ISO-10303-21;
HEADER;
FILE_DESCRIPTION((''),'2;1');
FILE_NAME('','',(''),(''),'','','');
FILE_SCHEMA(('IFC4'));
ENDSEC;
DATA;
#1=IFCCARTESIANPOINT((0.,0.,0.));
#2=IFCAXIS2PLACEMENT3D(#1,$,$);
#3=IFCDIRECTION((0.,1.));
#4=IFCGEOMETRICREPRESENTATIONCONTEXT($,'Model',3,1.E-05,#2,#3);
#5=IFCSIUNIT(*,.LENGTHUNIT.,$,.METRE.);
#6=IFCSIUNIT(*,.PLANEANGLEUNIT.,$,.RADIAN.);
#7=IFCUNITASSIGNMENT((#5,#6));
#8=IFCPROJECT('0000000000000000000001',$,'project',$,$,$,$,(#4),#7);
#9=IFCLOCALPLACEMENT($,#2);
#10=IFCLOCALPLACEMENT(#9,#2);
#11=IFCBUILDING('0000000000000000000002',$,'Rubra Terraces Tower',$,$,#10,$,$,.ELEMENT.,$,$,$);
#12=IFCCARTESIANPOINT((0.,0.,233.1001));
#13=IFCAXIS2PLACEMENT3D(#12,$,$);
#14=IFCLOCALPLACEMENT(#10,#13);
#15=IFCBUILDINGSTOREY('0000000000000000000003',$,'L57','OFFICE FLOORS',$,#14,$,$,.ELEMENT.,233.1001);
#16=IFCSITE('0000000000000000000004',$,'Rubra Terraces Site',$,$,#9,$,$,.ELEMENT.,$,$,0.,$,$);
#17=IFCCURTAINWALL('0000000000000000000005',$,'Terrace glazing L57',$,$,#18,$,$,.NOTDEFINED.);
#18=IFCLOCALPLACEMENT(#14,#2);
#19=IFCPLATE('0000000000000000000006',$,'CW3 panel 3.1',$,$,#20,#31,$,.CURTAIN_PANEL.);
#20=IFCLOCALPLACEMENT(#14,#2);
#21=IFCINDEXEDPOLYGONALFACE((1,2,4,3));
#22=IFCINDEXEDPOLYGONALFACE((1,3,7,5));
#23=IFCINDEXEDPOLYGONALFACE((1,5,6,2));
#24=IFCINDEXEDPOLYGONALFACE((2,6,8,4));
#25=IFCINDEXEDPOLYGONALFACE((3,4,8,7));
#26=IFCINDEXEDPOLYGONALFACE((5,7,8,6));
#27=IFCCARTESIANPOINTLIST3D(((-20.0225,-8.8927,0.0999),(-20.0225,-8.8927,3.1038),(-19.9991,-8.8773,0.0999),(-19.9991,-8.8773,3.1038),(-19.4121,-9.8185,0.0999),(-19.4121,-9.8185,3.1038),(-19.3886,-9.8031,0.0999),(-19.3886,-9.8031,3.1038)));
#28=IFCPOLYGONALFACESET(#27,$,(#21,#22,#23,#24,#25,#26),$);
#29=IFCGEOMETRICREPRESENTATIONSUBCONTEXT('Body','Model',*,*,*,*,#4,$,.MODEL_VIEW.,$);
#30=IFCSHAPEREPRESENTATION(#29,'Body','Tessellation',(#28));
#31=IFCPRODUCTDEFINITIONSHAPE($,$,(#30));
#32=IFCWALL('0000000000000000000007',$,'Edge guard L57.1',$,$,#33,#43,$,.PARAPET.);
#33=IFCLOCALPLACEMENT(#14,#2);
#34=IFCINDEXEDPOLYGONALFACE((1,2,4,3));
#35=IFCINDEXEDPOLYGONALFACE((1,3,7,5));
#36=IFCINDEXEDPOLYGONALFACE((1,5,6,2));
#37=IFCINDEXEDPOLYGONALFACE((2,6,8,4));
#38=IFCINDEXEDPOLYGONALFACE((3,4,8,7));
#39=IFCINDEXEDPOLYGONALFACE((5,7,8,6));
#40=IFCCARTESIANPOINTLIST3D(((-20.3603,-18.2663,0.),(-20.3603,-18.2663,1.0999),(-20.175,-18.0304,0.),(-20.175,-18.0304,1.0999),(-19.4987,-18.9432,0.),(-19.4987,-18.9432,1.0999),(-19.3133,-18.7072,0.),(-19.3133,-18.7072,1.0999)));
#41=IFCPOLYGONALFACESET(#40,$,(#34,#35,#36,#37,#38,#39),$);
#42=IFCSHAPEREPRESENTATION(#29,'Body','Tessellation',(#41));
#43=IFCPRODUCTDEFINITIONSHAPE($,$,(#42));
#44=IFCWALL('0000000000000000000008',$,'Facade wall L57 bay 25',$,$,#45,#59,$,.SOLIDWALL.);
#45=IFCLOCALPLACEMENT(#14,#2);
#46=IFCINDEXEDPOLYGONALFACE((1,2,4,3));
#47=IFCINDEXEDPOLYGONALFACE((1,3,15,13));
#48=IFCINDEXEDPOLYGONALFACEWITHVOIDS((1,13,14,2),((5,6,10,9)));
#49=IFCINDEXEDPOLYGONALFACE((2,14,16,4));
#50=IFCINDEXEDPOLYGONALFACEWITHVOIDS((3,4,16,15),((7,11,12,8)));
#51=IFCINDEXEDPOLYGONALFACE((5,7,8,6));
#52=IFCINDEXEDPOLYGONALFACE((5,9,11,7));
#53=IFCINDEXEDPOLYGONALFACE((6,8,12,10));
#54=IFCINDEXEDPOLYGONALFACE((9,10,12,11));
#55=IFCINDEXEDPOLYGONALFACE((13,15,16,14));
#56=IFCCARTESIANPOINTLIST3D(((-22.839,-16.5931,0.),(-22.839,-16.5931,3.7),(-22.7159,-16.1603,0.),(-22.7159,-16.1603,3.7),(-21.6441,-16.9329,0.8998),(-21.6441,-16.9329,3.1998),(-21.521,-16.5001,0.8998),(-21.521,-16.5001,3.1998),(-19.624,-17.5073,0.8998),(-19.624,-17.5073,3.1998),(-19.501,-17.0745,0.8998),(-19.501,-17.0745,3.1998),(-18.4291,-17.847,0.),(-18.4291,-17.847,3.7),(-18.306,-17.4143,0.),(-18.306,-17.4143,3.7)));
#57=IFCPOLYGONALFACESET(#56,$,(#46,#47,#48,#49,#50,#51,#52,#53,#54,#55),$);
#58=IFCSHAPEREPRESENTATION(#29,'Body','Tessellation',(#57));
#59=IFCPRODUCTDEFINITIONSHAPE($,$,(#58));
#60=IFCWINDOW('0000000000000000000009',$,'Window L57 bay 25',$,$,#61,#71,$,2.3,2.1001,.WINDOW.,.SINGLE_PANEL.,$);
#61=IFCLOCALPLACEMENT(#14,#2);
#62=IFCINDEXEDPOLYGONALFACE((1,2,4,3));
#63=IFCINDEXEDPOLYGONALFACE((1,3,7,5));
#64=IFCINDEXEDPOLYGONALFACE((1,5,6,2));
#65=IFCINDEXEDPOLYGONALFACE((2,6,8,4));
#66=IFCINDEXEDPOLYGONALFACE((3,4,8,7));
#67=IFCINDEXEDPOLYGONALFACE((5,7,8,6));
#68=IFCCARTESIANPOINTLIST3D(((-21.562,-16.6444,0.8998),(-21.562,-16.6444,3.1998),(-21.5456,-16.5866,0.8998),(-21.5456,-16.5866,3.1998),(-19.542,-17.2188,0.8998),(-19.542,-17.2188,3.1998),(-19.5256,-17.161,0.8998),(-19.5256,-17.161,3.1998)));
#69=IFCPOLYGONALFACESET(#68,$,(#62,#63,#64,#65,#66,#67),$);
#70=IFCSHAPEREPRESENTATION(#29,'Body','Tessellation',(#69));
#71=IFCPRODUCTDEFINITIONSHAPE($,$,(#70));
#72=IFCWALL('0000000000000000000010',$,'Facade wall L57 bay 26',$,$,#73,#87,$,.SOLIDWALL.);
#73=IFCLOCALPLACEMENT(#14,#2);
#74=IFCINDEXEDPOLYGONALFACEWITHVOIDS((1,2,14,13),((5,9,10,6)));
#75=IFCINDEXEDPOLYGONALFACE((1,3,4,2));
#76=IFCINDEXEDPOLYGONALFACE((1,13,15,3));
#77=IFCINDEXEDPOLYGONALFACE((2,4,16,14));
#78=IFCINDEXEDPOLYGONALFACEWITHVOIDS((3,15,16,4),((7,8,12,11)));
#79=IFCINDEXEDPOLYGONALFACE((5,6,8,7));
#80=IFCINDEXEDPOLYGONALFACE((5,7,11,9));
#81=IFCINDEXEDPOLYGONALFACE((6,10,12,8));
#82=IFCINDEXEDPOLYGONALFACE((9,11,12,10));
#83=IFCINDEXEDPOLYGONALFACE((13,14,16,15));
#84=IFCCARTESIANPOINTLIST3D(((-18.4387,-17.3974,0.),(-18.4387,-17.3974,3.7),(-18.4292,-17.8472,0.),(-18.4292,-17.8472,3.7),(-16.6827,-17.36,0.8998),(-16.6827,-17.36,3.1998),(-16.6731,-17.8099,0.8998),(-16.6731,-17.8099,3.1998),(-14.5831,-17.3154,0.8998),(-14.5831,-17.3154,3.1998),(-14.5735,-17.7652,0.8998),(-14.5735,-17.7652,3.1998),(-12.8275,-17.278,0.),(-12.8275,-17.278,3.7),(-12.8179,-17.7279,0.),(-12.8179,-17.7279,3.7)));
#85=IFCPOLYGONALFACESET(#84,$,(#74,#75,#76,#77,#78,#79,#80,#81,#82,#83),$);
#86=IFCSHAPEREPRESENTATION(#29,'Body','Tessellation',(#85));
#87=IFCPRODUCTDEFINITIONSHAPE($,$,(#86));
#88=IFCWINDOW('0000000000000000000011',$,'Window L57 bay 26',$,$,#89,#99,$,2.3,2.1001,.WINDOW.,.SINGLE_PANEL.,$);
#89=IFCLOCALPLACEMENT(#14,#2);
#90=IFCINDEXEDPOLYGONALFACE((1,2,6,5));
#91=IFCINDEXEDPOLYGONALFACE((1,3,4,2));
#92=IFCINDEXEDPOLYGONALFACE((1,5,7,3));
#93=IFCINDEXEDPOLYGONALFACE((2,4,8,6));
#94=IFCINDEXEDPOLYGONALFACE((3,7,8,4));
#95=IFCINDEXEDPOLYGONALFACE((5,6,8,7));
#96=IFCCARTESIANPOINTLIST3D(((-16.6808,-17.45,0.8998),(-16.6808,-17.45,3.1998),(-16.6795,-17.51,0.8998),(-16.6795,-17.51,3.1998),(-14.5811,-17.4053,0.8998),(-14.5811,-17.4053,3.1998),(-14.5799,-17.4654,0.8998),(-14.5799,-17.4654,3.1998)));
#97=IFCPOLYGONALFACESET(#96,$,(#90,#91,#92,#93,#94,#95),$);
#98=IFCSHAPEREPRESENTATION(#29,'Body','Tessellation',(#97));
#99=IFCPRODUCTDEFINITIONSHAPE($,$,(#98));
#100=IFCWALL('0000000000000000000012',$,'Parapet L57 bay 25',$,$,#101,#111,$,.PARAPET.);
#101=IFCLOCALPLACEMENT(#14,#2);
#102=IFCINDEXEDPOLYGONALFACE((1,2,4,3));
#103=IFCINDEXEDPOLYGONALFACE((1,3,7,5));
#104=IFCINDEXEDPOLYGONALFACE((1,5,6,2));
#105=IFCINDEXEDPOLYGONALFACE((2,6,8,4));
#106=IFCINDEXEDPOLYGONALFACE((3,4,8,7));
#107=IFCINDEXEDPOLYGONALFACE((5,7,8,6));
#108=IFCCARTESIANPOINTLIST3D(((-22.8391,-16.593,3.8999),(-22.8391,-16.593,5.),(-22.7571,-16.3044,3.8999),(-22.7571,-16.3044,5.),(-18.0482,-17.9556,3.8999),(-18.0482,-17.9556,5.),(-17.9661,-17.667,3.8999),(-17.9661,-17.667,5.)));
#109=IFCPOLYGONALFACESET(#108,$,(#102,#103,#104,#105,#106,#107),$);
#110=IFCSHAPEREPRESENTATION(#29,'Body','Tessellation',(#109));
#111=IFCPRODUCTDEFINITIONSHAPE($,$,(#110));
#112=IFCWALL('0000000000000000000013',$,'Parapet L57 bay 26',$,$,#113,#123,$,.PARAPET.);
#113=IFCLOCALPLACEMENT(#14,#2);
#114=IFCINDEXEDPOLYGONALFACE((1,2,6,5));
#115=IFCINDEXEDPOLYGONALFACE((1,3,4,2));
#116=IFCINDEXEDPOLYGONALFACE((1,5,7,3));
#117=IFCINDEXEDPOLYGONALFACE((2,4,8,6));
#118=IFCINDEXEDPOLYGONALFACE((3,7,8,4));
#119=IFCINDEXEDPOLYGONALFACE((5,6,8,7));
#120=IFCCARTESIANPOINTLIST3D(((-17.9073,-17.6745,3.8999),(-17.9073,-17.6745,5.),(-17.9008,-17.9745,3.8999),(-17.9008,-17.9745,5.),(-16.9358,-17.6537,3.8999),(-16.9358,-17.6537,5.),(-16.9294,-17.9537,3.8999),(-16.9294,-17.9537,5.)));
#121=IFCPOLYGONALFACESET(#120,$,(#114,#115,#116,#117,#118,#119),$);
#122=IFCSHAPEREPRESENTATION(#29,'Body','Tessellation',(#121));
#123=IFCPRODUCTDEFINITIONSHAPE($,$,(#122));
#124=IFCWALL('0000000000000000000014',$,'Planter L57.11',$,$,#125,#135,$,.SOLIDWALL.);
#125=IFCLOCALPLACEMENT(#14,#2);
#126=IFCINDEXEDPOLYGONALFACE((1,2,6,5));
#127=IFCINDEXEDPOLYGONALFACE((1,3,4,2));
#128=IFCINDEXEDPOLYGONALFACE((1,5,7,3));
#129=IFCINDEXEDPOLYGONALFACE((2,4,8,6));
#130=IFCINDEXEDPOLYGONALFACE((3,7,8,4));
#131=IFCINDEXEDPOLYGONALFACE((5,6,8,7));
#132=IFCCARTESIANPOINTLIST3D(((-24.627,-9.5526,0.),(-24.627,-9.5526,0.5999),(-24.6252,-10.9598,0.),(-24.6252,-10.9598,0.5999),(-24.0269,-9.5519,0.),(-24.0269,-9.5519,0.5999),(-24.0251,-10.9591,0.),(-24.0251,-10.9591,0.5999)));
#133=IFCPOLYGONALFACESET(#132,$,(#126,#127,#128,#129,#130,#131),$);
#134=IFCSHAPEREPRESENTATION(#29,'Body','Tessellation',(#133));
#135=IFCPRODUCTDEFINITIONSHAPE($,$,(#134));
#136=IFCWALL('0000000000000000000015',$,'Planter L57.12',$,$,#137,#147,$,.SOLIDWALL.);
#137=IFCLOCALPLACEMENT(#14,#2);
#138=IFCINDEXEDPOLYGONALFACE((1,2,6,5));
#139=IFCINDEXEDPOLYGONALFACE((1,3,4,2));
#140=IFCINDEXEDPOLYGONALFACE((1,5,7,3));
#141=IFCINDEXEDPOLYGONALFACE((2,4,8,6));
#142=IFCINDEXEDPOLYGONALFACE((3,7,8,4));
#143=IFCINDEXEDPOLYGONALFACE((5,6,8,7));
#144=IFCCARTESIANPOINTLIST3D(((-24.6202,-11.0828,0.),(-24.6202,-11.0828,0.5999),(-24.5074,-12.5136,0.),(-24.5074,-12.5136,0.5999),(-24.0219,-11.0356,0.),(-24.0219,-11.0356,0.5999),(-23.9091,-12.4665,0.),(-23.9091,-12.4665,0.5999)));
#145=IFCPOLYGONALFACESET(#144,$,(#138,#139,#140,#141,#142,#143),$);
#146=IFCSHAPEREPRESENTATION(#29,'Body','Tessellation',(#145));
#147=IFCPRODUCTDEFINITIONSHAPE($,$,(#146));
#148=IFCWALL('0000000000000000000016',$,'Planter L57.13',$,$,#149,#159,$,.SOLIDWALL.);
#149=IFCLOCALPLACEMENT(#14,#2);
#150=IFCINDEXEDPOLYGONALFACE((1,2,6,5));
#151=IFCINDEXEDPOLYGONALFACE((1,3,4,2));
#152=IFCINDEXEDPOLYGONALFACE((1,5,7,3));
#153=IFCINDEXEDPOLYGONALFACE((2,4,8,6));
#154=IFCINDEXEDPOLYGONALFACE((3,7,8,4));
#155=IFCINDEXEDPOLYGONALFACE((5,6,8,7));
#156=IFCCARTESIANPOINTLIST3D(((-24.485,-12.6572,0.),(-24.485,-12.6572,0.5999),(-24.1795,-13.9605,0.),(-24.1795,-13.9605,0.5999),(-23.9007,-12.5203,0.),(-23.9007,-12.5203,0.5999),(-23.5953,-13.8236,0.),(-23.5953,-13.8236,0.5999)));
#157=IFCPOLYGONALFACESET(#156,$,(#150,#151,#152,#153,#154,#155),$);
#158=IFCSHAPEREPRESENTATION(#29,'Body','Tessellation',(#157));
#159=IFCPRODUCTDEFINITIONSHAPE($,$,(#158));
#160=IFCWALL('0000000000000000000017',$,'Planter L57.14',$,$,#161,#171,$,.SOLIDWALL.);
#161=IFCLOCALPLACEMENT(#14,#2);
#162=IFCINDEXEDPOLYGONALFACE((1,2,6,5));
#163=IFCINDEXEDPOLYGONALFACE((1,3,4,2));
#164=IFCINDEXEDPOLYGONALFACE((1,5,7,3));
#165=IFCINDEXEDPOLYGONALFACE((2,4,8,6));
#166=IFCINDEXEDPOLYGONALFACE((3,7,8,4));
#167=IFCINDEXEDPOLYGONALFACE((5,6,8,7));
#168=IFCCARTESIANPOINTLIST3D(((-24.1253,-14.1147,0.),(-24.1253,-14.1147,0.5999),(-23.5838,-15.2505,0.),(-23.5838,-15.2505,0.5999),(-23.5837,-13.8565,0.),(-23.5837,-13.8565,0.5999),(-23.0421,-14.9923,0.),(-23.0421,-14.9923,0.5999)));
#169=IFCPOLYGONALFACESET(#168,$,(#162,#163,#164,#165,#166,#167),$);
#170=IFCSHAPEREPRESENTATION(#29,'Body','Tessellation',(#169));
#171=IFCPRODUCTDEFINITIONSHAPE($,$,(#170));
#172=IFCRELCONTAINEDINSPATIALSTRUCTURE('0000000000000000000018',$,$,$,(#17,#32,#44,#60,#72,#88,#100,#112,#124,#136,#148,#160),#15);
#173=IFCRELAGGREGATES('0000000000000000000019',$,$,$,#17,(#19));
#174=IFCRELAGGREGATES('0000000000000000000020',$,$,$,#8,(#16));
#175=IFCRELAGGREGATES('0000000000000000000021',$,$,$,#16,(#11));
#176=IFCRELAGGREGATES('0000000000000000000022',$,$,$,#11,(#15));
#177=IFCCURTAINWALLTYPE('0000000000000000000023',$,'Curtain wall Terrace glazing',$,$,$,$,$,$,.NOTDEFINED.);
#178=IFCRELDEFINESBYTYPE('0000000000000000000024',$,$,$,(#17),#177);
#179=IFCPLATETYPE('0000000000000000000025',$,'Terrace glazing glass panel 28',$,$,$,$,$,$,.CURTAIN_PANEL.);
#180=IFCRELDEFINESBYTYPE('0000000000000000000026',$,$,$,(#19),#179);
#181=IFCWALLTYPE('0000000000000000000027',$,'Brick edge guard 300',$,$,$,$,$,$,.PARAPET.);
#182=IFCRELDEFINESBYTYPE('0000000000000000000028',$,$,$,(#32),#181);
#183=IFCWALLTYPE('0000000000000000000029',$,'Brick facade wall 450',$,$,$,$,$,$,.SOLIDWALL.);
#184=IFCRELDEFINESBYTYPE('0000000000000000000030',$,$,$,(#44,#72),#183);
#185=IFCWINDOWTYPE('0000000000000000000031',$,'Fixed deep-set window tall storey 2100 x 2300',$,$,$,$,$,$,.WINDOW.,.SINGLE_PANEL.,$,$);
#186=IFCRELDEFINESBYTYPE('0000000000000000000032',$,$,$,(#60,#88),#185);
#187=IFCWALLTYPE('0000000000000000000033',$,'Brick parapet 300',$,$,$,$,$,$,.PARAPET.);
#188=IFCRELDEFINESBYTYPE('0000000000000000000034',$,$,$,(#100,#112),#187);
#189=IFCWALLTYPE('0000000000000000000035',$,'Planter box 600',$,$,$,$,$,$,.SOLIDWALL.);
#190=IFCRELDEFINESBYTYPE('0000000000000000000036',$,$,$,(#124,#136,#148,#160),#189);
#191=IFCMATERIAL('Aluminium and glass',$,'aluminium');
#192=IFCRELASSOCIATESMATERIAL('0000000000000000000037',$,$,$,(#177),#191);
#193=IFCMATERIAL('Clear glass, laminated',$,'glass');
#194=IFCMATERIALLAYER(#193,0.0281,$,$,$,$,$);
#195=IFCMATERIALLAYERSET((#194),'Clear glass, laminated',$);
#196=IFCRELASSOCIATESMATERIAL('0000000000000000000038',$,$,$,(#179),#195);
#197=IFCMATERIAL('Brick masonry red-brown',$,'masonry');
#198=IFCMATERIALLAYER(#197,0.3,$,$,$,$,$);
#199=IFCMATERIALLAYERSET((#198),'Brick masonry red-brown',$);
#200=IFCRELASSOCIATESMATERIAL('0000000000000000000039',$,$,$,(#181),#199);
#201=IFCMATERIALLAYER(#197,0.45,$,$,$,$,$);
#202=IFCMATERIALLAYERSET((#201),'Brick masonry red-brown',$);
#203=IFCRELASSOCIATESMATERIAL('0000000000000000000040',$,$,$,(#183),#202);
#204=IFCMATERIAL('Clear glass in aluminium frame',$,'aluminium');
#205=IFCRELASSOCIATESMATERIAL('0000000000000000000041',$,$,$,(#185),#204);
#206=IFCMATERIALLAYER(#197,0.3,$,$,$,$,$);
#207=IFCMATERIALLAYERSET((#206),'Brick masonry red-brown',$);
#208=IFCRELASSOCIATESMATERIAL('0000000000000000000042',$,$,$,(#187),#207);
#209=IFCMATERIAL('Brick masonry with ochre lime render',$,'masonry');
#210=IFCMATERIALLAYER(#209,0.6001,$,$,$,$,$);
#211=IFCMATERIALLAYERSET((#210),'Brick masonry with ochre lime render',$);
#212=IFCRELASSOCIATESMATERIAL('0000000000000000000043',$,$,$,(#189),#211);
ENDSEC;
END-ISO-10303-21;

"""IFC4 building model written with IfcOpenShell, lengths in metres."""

from ifc_helpers import new_model, si_unit, direction, frame, frame_2d, origin, origin_2d, place, context, subcontext, project, spatial, rectangle, extrude, material, layer, layer_set, type_object, element, fill, aggregate, save


model = new_model("IFC4")

# Units and contexts
model_context = context("Model", 3, precision=1e-05, world=origin(), true_north=direction((0.0, 1.0)))
body_context = subcontext(model_context, "Body", "Model", "MODEL_VIEW")
ifc_project = project(units=[si_unit("LENGTHUNIT", "METRE"), si_unit("PLANEANGLEUNIT", "RADIAN")], contexts=[model_context])

# Site, building, storey
site_placement = place(None, origin())
site = spatial("IfcSite", under=ifc_project, at=site_placement, Name="Rubra Terraces Site", CompositionType="ELEMENT", RefElevation=0.0)
building_placement = place(site_placement, origin())
building = spatial("IfcBuilding", under=site, at=building_placement, Name="Rubra Terraces Tower", CompositionType="ELEMENT")
storey_placement = place(building_placement, frame((0.0, 0.0, 233.1001)))
storey = spatial("IfcBuildingStorey", under=building, at=storey_placement, Name="L57", Description="OFFICE FLOORS", CompositionType="ELEMENT", Elevation=233.1001)

# Curtain wall, plate
ifc_material_1 = material(Name="Aluminium and glass", Category="aluminium")
curtain_wall_type = type_object("IfcCurtainWallType", Name="Curtain wall Terrace glazing", PredefinedType="NOTDEFINED", material=ifc_material_1)
curtain_wall_placement = place(storey_placement, origin())
curtain_wall = element("IfcCurtainWall", 1, at=curtain_wall_placement, inside=storey, type_object=curtain_wall_type, Name="Terrace glazing L57", PredefinedType="NOTDEFINED")
ifc_material_2 = material(Name="Clear glass, laminated", Category="glass")
ifc_layer_1 = layer(ifc_material_2, 0.0281)
ifc_layer_set_1 = layer_set([ifc_layer_1], Name="Clear glass, laminated")
plate_type = type_object("IfcPlateType", Name="Terrace glazing glass panel 28", PredefinedType="CURTAIN_PANEL", material=ifc_layer_set_1)
plate_placement = place(storey_placement, frame((-19.7056, -9.3479, 0.0999), z_axis=(0.0, 0.0, 1.0), x_axis=(0.550469, -0.834855, 0.0)))
plate = element("IfcPlate", 2, at=plate_placement, type_object=plate_type, Name="CW3 panel 3.1", PredefinedType="CURTAIN_PANEL", context=body_context, shape_type="SweptSolid", body=[
    extrude(rectangle(XDim=1.1089, YDim=0.0281, at=origin_2d()), origin(), (0.0, 0.0, 1.0), 3.0039),
])
aggregate(curtain_wall, [plate])

# Wall
ifc_material_3 = material(Name="Brick masonry red-brown", Category="masonry")
ifc_layer_2 = layer(ifc_material_3, 0.3)
ifc_layer_set_2 = layer_set([ifc_layer_2], Name="Brick masonry red-brown")
wall_type_1 = type_object("IfcWallType", Name="Brick edge guard 300", PredefinedType="PARAPET", material=ifc_layer_set_2)
wall_1_placement = place(storey_placement, frame((-19.406, -18.8252, 0.0), z_axis=(0.0, 0.0, 1.0), x_axis=(-0.786403, 0.617713, 0.0)))
element("IfcWall", 3, at=wall_1_placement, inside=storey, type_object=wall_type_1, Name="Edge guard L57.1", PredefinedType="PARAPET", context=body_context, shape_type="SweptSolid", body=[
    extrude(rectangle(XDim=1.0957, YDim=0.3, at=frame_2d((0.5479, 0.0))), origin(), (0.0, 0.0, 1.0), 1.0999),
])

# Walls, openings, windows
ifc_layer_3 = layer(ifc_material_3, 0.45)
ifc_layer_set_3 = layer_set([ifc_layer_3], Name="Brick masonry red-brown")
wall_type_2 = type_object("IfcWallType", Name="Brick facade wall 450", PredefinedType="SOLIDWALL", material=ifc_layer_set_3)
wall_2_placement = place(storey_placement, frame((-22.7776, -16.3767, 0.0), z_axis=(0.0, 0.0, 1.0), x_axis=(0.961873, -0.273497, 0.0)))
wall_2 = element("IfcWall", 4, at=wall_2_placement, inside=storey, type_object=wall_type_2, Name="Facade wall L57 bay 25", PredefinedType="SOLIDWALL", context=body_context, shape_type="SweptSolid", body=[
    extrude(rectangle(XDim=4.5847, YDim=0.45, at=frame_2d((2.2925, 0.0))), origin(), (0.0, 0.0, 1.0), 3.7),
])
opening_1_placement = place(wall_2_placement, frame((1.2424, 0.0, 0.8999)))
opening_1 = element("IfcOpeningElement", 5, at=opening_1_placement, cuts=wall_2, PredefinedType="OPENING", context=body_context, shape_type="SweptSolid", body=[
    extrude(rectangle(XDim=2.1001, YDim=2.3, at=frame_2d((1.05, 1.1499))), frame((0.0, 0.2349, 0.0), z_axis=(0.0, -1.0, 0.0), x_axis=(1.0, 0.0, 0.0)), (0.0, 0.0, 1.0), 0.47),
])
ifc_material_4 = material(Name="Clear glass in aluminium frame", Category="aluminium")
window_type = type_object("IfcWindowType", Name="Fixed deep-set window tall storey 2100 x 2300", PartitioningType="SINGLE_PANEL", PredefinedType="WINDOW", material=ifc_material_4)
window_1_placement = place(opening_1_placement, origin())
window_1 = element("IfcWindow", 6, at=window_1_placement, inside=storey, type_object=window_type, Name="Window L57 bay 25", OverallHeight=2.3, OverallWidth=2.1001, PartitioningType="SINGLE_PANEL", PredefinedType="WINDOW", context=body_context, shape_type="SweptSolid", body=[
    extrude(rectangle(XDim=2.1001, YDim=2.3, at=frame_2d((1.05, 1.1499))), frame((0.0, 0.135, 0.0), z_axis=(0.0, -1.0, 0.0), x_axis=(1.0, 0.0, 0.0)), (0.0, 0.0, 1.0), 0.0601),
])
fill(opening_1, window_1)
wall_3_placement = place(storey_placement, frame((-18.4338, -17.6223, 0.0), z_axis=(0.0, 0.0, 1.0), x_axis=(0.999774, 0.021271, 0.0)))
wall_3 = element("IfcWall", 7, at=wall_3_placement, inside=storey, type_object=wall_type_2, Name="Facade wall L57 bay 26", PredefinedType="SOLIDWALL", context=body_context, shape_type="SweptSolid", body=[
    extrude(rectangle(XDim=5.6125, YDim=0.45, at=frame_2d((2.8062, 0.0))), origin(), (0.0, 0.0, 1.0), 3.7),
])
opening_2_placement = place(wall_3_placement, frame((1.7563, 0.0, 0.8999)))
opening_2 = element("IfcOpeningElement", 8, at=opening_2_placement, cuts=wall_3, PredefinedType="OPENING", context=body_context, shape_type="SweptSolid", body=[
    extrude(rectangle(XDim=2.1001, YDim=2.3, at=frame_2d((1.05, 1.1499))), frame((0.0, 0.2349, 0.0), z_axis=(0.0, -1.0, 0.0), x_axis=(1.0, 0.0, 0.0)), (0.0, 0.0, 1.0), 0.47),
])
window_2_placement = place(opening_2_placement, origin())
window_2 = element("IfcWindow", 9, at=window_2_placement, inside=storey, type_object=window_type, Name="Window L57 bay 26", OverallHeight=2.3, OverallWidth=2.1001, PartitioningType="SINGLE_PANEL", PredefinedType="WINDOW", context=body_context, shape_type="SweptSolid", body=[
    extrude(rectangle(XDim=2.1001, YDim=2.3, at=frame_2d((1.05, 1.1499))), frame((0.0, 0.135, 0.0), z_axis=(0.0, -1.0, 0.0), x_axis=(1.0, 0.0, 0.0)), (0.0, 0.0, 1.0), 0.0601),
])
fill(opening_2, window_2)

# Walls
ifc_layer_4 = layer(ifc_material_3, 0.3)
ifc_layer_set_4 = layer_set([ifc_layer_4], Name="Brick masonry red-brown")
wall_type_3 = type_object("IfcWallType", Name="Brick parapet 300", PredefinedType="PARAPET", material=ifc_layer_set_4)
wall_4_placement = place(storey_placement, frame((-22.7981, -16.4487, 3.8999), z_axis=(0.0, 0.0, 1.0), x_axis=(0.961858, -0.273549, 0.0)))
element("IfcWall", 10, at=wall_4_placement, inside=storey, type_object=wall_type_3, Name="Parapet L57 bay 25", PredefinedType="PARAPET", context=body_context, shape_type="SweptSolid", body=[
    extrude(rectangle(XDim=4.981, YDim=0.3, at=frame_2d((2.4905, 0.0))), origin(), (0.0, 0.0, 1.0), 1.1001),
])
wall_5_placement = place(storey_placement, frame((-17.9041, -17.8245, 3.8999), z_axis=(0.0, 0.0, 1.0), x_axis=(0.999772, 0.021357, 0.0)))
element("IfcWall", 11, at=wall_5_placement, inside=storey, type_object=wall_type_3, Name="Parapet L57 bay 26", PredefinedType="PARAPET", context=body_context, shape_type="SweptSolid", body=[
    extrude(rectangle(XDim=0.9717, YDim=0.3, at=frame_2d((0.4858, 0.0))), origin(), (0.0, 0.0, 1.0), 1.1001),
])

# Shared definitions
ifc_material_5 = material(Name="Brick masonry with ochre lime render", Category="masonry")

# Walls
ifc_layer_5 = layer(ifc_material_5, 0.6001)
ifc_layer_set_5 = layer_set([ifc_layer_5], Name="Brick masonry with ochre lime render")
wall_type_4 = type_object("IfcWallType", Name="Planter box 600", PredefinedType="SOLIDWALL", material=ifc_layer_set_5)
wall_6_placement = place(storey_placement, frame((-24.3269, -9.5522, 0.0), z_axis=(0.0, 0.0, 1.0), x_axis=(0.001214, -0.999999, 0.0)))
element("IfcWall", 12, at=wall_6_placement, inside=storey, type_object=wall_type_4, Name="Planter L57.11", PredefinedType="SOLIDWALL", context=body_context, shape_type="SweptSolid", body=[
    extrude(rectangle(XDim=1.4072, YDim=0.6001, at=frame_2d((0.7036, 0.0))), origin(), (0.0, 0.0, 1.0), 0.5999),
])
wall_7_placement = place(storey_placement, frame((-24.321, -11.0591, 0.0), z_axis=(0.0, 0.0, 1.0), x_axis=(0.078582, -0.996908, 0.0)))
element("IfcWall", 13, at=wall_7_placement, inside=storey, type_object=wall_type_4, Name="Planter L57.12", PredefinedType="SOLIDWALL", context=body_context, shape_type="SweptSolid", body=[
    extrude(rectangle(XDim=1.4353, YDim=0.6001, at=frame_2d((0.7178, 0.0))), origin(), (0.0, 0.0, 1.0), 0.5999),
])
wall_8_placement = place(storey_placement, frame((-24.1929, -12.5886, 0.0), z_axis=(0.0, 0.0, 1.0), x_axis=(0.228175, -0.97362, 0.0)))
element("IfcWall", 14, at=wall_8_placement, inside=storey, type_object=wall_type_4, Name="Planter L57.13", PredefinedType="SOLIDWALL", context=body_context, shape_type="SweptSolid", body=[
    extrude(rectangle(XDim=1.3386, YDim=0.6001, at=frame_2d((0.6694, 0.0))), origin(), (0.0, 0.0, 1.0), 0.5999),
])
wall_9_placement = place(storey_placement, frame((-23.8545, -13.9856, 0.0), z_axis=(0.0, 0.0, 1.0), x_axis=(0.43037, -0.902652, 0.0)))
element("IfcWall", 15, at=wall_9_placement, inside=storey, type_object=wall_type_4, Name="Planter L57.14", PredefinedType="SOLIDWALL", context=body_context, shape_type="SweptSolid", body=[
    extrude(rectangle(XDim=1.2583, YDim=0.6001, at=frame_2d((0.6292, 0.0))), origin(), (0.0, 0.0, 1.0), 0.5999),
])

save(model, "model.ifc")
